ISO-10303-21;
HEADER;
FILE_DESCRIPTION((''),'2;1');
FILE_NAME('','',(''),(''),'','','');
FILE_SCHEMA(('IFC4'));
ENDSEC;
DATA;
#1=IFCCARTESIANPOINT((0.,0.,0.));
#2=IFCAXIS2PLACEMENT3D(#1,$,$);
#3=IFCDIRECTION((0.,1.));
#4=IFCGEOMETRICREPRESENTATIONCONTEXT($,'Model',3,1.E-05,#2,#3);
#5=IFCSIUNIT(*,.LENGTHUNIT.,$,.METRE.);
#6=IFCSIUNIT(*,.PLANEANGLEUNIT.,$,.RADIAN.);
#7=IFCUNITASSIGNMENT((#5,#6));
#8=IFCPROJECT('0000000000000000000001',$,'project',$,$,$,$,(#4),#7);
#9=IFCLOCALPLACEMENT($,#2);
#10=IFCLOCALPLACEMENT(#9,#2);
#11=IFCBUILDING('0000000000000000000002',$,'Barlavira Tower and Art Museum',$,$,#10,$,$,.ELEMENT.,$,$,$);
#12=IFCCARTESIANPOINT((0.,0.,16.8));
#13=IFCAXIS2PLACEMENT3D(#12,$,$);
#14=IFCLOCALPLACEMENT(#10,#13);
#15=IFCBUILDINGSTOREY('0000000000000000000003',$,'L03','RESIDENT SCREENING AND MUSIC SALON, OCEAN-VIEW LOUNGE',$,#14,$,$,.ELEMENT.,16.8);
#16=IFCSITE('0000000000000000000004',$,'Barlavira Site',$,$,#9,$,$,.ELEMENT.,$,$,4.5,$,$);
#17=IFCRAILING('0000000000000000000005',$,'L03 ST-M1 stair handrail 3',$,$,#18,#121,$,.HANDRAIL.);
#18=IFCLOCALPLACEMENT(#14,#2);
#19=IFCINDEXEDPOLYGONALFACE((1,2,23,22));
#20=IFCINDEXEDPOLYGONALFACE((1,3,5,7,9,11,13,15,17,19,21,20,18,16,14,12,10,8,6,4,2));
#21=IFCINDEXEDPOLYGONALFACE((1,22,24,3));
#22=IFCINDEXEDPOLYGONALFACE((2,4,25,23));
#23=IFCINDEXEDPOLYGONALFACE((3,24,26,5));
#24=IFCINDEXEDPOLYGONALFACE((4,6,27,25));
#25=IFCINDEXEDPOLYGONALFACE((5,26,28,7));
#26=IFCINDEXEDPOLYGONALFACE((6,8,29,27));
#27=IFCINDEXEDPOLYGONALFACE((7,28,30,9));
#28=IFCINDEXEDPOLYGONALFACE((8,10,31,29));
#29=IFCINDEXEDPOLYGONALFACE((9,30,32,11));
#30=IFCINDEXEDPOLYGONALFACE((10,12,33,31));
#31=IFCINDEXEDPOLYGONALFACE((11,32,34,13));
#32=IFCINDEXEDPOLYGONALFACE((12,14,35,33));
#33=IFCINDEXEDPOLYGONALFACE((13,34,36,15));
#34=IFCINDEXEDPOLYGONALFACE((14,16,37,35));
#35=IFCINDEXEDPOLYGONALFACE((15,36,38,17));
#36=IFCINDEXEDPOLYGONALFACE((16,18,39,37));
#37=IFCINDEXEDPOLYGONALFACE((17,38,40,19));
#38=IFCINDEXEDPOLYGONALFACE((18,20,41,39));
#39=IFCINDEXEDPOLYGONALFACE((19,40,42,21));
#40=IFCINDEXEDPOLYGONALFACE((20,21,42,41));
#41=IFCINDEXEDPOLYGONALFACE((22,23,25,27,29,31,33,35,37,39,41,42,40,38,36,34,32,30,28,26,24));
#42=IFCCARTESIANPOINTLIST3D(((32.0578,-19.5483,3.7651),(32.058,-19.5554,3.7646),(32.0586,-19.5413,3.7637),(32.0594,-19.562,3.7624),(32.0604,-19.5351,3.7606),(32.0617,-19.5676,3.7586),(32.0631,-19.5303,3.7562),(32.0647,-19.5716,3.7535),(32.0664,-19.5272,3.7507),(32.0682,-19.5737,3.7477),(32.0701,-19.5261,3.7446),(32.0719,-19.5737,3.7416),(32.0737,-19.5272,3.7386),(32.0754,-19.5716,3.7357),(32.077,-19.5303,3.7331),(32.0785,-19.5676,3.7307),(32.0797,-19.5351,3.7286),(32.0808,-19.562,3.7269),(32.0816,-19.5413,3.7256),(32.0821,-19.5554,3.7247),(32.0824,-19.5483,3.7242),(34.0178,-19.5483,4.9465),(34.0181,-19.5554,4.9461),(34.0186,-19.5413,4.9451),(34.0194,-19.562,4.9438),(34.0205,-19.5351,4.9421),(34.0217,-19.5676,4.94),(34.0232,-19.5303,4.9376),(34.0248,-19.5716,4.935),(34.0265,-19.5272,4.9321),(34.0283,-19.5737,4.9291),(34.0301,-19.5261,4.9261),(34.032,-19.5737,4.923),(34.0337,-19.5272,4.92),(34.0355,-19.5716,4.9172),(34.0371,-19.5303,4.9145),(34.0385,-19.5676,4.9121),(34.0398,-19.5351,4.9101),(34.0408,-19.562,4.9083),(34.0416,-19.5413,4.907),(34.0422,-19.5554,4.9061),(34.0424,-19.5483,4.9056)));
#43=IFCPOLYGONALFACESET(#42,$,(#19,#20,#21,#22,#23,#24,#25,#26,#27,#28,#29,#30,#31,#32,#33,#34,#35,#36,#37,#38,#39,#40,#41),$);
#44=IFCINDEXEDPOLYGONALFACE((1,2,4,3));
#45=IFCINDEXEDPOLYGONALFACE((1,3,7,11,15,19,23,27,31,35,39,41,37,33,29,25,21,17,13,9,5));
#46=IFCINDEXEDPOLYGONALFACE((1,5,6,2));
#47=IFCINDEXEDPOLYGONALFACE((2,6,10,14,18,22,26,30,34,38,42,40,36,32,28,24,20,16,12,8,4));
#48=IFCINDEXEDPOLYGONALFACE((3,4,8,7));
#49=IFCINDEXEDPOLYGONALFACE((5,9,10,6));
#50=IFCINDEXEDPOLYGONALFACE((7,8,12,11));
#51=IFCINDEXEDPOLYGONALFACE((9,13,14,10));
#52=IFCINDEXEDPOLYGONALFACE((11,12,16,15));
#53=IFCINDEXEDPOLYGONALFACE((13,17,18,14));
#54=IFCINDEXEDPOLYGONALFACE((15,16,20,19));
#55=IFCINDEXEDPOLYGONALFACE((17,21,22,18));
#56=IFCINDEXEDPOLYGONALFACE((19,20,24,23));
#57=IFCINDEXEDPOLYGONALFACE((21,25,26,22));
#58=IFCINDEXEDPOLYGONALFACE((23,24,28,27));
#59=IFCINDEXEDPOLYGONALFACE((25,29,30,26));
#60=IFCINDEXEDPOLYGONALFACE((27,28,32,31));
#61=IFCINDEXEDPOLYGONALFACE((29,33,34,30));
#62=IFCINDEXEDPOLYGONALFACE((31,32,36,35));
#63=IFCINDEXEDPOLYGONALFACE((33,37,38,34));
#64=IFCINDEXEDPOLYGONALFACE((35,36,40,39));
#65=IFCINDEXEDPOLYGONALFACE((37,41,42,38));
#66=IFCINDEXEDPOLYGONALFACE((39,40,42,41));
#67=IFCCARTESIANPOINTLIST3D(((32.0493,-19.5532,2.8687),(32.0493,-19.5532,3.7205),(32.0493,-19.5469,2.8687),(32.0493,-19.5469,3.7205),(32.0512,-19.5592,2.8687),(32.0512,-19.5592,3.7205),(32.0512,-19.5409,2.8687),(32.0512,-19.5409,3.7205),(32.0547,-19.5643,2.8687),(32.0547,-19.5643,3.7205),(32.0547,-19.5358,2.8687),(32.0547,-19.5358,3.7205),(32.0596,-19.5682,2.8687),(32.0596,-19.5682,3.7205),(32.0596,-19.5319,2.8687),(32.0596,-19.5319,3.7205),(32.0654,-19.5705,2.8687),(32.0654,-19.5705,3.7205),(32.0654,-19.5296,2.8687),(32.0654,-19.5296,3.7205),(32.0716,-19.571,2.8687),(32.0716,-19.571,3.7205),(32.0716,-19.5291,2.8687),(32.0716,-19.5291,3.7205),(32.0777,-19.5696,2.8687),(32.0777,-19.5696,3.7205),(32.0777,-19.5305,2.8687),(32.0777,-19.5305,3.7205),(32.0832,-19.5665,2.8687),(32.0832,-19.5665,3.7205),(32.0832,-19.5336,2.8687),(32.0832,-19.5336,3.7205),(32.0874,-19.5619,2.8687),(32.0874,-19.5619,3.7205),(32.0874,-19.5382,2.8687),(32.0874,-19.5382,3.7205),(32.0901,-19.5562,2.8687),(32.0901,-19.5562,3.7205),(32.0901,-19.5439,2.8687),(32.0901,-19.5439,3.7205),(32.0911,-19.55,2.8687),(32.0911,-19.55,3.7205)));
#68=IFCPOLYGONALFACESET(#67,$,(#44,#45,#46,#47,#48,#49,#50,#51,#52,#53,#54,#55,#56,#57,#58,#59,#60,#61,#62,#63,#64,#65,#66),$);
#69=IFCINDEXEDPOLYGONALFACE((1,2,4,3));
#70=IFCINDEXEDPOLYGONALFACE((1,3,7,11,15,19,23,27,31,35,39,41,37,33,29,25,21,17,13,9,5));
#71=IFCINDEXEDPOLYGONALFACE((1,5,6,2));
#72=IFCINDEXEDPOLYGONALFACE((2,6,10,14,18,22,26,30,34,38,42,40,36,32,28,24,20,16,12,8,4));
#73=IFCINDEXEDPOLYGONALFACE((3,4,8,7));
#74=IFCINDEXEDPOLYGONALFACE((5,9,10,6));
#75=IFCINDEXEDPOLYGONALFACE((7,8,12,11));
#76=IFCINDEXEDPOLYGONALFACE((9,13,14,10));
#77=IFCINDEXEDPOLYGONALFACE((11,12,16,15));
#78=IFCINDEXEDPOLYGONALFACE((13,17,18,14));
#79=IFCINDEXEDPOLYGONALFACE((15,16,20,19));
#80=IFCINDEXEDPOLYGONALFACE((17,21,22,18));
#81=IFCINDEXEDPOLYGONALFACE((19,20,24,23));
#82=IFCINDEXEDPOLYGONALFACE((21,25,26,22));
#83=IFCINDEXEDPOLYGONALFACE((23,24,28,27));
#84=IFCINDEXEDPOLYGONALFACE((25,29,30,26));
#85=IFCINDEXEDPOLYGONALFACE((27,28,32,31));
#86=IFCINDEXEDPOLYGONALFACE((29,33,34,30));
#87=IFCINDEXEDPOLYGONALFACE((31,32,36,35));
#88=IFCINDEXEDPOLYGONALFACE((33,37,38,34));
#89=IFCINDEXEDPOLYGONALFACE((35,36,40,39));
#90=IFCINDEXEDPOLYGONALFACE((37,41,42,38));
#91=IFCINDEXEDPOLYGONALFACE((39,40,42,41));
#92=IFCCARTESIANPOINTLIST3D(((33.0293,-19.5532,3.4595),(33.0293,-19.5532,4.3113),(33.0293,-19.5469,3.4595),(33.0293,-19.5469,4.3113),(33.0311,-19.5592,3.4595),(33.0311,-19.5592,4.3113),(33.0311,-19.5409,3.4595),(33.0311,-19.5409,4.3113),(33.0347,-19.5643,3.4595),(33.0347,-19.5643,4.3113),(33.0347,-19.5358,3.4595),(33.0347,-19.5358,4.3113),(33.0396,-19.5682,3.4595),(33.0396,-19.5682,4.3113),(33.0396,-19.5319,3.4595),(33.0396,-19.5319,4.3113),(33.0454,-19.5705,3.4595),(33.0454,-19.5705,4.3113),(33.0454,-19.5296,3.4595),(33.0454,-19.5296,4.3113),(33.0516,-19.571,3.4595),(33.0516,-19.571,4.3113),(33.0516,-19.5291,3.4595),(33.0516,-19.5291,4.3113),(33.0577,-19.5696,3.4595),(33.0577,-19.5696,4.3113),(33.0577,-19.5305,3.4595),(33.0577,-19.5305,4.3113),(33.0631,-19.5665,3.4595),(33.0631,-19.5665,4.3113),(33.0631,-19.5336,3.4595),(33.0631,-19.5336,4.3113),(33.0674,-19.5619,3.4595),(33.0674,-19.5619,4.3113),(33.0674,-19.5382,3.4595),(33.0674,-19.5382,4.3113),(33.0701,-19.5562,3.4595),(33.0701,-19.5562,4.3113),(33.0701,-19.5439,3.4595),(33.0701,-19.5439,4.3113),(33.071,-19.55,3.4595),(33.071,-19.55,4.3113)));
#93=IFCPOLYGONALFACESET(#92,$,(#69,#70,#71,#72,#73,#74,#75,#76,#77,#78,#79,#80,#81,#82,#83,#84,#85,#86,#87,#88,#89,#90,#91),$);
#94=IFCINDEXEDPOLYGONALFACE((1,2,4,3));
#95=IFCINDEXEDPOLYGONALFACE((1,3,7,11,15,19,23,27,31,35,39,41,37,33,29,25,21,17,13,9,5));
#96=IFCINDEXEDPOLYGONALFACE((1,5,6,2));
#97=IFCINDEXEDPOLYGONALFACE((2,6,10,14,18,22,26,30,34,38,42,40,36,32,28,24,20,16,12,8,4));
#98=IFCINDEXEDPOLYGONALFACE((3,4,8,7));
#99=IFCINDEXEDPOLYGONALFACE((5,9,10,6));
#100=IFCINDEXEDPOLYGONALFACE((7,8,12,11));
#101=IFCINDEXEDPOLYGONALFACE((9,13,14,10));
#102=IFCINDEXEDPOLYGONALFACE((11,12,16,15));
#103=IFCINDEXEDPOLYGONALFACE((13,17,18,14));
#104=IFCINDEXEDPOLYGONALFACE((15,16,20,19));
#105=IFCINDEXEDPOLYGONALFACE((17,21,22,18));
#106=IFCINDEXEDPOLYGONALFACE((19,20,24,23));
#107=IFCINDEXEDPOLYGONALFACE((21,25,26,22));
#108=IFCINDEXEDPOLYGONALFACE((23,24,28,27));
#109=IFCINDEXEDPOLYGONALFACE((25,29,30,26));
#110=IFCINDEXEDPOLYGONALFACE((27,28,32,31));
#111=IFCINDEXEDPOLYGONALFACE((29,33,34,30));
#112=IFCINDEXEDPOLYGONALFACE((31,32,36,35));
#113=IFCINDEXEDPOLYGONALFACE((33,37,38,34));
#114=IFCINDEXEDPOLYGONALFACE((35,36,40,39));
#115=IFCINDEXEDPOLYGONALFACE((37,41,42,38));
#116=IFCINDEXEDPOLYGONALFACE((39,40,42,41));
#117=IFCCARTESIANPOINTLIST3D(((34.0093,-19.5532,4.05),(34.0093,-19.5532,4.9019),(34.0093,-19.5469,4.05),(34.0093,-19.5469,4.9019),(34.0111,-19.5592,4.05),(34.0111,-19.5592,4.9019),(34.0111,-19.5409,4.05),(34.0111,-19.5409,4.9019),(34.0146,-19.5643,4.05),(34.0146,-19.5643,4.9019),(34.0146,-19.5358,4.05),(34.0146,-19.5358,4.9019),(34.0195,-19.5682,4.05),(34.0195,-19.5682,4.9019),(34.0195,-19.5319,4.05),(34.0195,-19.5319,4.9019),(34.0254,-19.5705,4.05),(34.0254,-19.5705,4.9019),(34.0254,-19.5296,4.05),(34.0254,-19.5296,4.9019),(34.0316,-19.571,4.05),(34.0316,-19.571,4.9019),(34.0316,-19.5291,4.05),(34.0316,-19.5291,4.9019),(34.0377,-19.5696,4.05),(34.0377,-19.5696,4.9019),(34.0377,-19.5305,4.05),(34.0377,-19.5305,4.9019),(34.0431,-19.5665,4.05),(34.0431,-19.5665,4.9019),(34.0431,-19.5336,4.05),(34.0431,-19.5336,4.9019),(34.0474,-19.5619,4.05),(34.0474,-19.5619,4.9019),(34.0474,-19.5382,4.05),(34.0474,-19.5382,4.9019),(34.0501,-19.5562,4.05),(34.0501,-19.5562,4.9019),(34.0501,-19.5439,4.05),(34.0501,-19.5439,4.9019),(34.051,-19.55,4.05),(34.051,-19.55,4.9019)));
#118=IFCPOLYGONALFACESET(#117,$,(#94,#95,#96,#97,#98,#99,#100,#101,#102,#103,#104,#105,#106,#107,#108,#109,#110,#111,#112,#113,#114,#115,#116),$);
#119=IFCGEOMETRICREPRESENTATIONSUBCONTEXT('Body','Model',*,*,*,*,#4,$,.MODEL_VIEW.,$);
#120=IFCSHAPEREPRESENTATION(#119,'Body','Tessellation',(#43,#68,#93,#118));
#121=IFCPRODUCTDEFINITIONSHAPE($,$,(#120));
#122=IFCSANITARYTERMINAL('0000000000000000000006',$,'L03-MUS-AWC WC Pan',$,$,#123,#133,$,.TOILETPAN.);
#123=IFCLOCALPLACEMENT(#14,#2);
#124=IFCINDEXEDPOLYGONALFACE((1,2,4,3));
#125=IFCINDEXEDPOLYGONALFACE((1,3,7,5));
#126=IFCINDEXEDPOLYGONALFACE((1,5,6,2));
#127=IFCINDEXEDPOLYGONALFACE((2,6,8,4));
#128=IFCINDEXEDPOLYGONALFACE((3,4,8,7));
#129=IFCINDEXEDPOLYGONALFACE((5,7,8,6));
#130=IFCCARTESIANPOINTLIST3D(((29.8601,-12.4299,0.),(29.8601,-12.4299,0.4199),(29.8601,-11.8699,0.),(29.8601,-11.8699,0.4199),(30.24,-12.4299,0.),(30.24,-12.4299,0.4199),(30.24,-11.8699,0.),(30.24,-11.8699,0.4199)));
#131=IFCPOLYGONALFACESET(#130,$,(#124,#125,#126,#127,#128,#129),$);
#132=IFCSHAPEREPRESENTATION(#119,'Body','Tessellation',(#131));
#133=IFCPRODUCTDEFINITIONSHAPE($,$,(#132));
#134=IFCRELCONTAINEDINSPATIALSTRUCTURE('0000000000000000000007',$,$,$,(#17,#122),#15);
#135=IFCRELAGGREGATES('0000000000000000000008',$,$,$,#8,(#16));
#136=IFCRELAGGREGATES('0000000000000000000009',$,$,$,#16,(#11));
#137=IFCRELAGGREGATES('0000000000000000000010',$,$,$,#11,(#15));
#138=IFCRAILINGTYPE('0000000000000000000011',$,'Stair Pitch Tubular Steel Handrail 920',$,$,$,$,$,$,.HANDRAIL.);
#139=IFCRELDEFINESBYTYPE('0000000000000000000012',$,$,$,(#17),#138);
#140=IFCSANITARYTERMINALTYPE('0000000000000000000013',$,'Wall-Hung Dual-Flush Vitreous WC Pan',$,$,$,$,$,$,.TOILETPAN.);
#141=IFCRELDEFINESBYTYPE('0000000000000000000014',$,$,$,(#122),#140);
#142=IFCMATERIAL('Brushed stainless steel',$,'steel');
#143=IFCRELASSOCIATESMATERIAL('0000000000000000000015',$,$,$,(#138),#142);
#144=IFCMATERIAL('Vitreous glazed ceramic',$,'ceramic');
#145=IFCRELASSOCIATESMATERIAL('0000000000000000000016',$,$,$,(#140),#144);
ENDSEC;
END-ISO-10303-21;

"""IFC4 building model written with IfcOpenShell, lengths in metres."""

from ifc_helpers import new_model, si_unit, direction, frame, origin, origin_2d, place, context, subcontext, project, spatial, rectangle, circle, extrude, material, type_object, element, save


model = new_model("IFC4")

# Units and contexts
model_context = context("Model", 3, precision=1e-05, world=origin(), true_north=direction((0.0, 1.0)))
body_context = subcontext(model_context, "Body", "Model", "MODEL_VIEW")
ifc_project = project(units=[si_unit("LENGTHUNIT", "METRE"), si_unit("PLANEANGLEUNIT", "RADIAN")], contexts=[model_context])

# Site, building, storey
site_placement = place(None, origin())
site = spatial("IfcSite", under=ifc_project, at=site_placement, Name="Barlavira Site", CompositionType="ELEMENT", RefElevation=4.5)
building_placement = place(site_placement, origin())
building = spatial("IfcBuilding", under=site, at=building_placement, Name="Barlavira Tower and Art Museum", CompositionType="ELEMENT")
storey_placement = place(building_placement, frame((0.0, 0.0, 16.8)))
storey = spatial("IfcBuildingStorey", under=building, at=storey_placement, Name="L03", Description="RESIDENT SCREENING AND MUSIC SALON, OCEAN-VIEW LOUNGE", CompositionType="ELEMENT", Elevation=16.8)

# Shared definitions
ifc_material_1 = material(Name="Brushed stainless steel", Category="steel")

# Railing
railing_type_1 = type_object("IfcRailingType", Name="Stair Pitch Tubular Steel Handrail 920", PredefinedType="HANDRAIL", material=ifc_material_1)
railing_1_placement = place(storey_placement, frame((32.0701, -19.55, 2.8687)))
element("IfcRailing", 1, at=railing_1_placement, inside=storey, type_object=railing_type_1, Name="L03 ST-M1 stair handrail 3", PredefinedType="HANDRAIL", context=body_context, shape_type="SweptSolid", body=[
    extrude(circle(Radius=0.0239, at=origin_2d()), frame((0.0, 0.0, 0.876), z_axis=(0.856446, 0.0, 0.516236), x_axis=(0.0, 1.0, 0.0)), (0.0, 0.0, 1.0), 2.2886),
    extrude(circle(Radius=0.021, at=origin_2d()), origin(), (0.0, 0.0, 1.0), 0.8518),
    extrude(circle(Radius=0.021, at=origin_2d()), frame((0.98, 0.0, 0.5908)), (0.0, 0.0, 1.0), 0.8518),
    extrude(circle(Radius=0.021, at=origin_2d()), frame((1.96, 0.0, 1.1814)), (0.0, 0.0, 1.0), 0.8518),
])

# Sanitary terminal
ifc_material_2 = material(Name="Vitreous glazed ceramic", Category="ceramic")
sanitary_terminal_type = type_object("IfcSanitaryTerminalType", Name="Wall-Hung Dual-Flush Vitreous WC Pan", PredefinedType="TOILETPAN", material=ifc_material_2)
sanitary_terminal_placement = place(storey_placement, frame((30.05, -12.1499, 0.0), z_axis=(0.0, 0.0, 1.0), x_axis=(1.0, 0.0, 0.0)))
element("IfcSanitaryTerminal", 2, at=sanitary_terminal_placement, inside=storey, type_object=sanitary_terminal_type, Name="L03-MUS-AWC WC Pan", PredefinedType="TOILETPAN", context=body_context, shape_type="SweptSolid", body=[
    extrude(rectangle(XDim=0.3799, YDim=0.5601, at=origin_2d()), origin(), (0.0, 0.0, 1.0), 0.4199),
])

save(model, "model.ifc")
